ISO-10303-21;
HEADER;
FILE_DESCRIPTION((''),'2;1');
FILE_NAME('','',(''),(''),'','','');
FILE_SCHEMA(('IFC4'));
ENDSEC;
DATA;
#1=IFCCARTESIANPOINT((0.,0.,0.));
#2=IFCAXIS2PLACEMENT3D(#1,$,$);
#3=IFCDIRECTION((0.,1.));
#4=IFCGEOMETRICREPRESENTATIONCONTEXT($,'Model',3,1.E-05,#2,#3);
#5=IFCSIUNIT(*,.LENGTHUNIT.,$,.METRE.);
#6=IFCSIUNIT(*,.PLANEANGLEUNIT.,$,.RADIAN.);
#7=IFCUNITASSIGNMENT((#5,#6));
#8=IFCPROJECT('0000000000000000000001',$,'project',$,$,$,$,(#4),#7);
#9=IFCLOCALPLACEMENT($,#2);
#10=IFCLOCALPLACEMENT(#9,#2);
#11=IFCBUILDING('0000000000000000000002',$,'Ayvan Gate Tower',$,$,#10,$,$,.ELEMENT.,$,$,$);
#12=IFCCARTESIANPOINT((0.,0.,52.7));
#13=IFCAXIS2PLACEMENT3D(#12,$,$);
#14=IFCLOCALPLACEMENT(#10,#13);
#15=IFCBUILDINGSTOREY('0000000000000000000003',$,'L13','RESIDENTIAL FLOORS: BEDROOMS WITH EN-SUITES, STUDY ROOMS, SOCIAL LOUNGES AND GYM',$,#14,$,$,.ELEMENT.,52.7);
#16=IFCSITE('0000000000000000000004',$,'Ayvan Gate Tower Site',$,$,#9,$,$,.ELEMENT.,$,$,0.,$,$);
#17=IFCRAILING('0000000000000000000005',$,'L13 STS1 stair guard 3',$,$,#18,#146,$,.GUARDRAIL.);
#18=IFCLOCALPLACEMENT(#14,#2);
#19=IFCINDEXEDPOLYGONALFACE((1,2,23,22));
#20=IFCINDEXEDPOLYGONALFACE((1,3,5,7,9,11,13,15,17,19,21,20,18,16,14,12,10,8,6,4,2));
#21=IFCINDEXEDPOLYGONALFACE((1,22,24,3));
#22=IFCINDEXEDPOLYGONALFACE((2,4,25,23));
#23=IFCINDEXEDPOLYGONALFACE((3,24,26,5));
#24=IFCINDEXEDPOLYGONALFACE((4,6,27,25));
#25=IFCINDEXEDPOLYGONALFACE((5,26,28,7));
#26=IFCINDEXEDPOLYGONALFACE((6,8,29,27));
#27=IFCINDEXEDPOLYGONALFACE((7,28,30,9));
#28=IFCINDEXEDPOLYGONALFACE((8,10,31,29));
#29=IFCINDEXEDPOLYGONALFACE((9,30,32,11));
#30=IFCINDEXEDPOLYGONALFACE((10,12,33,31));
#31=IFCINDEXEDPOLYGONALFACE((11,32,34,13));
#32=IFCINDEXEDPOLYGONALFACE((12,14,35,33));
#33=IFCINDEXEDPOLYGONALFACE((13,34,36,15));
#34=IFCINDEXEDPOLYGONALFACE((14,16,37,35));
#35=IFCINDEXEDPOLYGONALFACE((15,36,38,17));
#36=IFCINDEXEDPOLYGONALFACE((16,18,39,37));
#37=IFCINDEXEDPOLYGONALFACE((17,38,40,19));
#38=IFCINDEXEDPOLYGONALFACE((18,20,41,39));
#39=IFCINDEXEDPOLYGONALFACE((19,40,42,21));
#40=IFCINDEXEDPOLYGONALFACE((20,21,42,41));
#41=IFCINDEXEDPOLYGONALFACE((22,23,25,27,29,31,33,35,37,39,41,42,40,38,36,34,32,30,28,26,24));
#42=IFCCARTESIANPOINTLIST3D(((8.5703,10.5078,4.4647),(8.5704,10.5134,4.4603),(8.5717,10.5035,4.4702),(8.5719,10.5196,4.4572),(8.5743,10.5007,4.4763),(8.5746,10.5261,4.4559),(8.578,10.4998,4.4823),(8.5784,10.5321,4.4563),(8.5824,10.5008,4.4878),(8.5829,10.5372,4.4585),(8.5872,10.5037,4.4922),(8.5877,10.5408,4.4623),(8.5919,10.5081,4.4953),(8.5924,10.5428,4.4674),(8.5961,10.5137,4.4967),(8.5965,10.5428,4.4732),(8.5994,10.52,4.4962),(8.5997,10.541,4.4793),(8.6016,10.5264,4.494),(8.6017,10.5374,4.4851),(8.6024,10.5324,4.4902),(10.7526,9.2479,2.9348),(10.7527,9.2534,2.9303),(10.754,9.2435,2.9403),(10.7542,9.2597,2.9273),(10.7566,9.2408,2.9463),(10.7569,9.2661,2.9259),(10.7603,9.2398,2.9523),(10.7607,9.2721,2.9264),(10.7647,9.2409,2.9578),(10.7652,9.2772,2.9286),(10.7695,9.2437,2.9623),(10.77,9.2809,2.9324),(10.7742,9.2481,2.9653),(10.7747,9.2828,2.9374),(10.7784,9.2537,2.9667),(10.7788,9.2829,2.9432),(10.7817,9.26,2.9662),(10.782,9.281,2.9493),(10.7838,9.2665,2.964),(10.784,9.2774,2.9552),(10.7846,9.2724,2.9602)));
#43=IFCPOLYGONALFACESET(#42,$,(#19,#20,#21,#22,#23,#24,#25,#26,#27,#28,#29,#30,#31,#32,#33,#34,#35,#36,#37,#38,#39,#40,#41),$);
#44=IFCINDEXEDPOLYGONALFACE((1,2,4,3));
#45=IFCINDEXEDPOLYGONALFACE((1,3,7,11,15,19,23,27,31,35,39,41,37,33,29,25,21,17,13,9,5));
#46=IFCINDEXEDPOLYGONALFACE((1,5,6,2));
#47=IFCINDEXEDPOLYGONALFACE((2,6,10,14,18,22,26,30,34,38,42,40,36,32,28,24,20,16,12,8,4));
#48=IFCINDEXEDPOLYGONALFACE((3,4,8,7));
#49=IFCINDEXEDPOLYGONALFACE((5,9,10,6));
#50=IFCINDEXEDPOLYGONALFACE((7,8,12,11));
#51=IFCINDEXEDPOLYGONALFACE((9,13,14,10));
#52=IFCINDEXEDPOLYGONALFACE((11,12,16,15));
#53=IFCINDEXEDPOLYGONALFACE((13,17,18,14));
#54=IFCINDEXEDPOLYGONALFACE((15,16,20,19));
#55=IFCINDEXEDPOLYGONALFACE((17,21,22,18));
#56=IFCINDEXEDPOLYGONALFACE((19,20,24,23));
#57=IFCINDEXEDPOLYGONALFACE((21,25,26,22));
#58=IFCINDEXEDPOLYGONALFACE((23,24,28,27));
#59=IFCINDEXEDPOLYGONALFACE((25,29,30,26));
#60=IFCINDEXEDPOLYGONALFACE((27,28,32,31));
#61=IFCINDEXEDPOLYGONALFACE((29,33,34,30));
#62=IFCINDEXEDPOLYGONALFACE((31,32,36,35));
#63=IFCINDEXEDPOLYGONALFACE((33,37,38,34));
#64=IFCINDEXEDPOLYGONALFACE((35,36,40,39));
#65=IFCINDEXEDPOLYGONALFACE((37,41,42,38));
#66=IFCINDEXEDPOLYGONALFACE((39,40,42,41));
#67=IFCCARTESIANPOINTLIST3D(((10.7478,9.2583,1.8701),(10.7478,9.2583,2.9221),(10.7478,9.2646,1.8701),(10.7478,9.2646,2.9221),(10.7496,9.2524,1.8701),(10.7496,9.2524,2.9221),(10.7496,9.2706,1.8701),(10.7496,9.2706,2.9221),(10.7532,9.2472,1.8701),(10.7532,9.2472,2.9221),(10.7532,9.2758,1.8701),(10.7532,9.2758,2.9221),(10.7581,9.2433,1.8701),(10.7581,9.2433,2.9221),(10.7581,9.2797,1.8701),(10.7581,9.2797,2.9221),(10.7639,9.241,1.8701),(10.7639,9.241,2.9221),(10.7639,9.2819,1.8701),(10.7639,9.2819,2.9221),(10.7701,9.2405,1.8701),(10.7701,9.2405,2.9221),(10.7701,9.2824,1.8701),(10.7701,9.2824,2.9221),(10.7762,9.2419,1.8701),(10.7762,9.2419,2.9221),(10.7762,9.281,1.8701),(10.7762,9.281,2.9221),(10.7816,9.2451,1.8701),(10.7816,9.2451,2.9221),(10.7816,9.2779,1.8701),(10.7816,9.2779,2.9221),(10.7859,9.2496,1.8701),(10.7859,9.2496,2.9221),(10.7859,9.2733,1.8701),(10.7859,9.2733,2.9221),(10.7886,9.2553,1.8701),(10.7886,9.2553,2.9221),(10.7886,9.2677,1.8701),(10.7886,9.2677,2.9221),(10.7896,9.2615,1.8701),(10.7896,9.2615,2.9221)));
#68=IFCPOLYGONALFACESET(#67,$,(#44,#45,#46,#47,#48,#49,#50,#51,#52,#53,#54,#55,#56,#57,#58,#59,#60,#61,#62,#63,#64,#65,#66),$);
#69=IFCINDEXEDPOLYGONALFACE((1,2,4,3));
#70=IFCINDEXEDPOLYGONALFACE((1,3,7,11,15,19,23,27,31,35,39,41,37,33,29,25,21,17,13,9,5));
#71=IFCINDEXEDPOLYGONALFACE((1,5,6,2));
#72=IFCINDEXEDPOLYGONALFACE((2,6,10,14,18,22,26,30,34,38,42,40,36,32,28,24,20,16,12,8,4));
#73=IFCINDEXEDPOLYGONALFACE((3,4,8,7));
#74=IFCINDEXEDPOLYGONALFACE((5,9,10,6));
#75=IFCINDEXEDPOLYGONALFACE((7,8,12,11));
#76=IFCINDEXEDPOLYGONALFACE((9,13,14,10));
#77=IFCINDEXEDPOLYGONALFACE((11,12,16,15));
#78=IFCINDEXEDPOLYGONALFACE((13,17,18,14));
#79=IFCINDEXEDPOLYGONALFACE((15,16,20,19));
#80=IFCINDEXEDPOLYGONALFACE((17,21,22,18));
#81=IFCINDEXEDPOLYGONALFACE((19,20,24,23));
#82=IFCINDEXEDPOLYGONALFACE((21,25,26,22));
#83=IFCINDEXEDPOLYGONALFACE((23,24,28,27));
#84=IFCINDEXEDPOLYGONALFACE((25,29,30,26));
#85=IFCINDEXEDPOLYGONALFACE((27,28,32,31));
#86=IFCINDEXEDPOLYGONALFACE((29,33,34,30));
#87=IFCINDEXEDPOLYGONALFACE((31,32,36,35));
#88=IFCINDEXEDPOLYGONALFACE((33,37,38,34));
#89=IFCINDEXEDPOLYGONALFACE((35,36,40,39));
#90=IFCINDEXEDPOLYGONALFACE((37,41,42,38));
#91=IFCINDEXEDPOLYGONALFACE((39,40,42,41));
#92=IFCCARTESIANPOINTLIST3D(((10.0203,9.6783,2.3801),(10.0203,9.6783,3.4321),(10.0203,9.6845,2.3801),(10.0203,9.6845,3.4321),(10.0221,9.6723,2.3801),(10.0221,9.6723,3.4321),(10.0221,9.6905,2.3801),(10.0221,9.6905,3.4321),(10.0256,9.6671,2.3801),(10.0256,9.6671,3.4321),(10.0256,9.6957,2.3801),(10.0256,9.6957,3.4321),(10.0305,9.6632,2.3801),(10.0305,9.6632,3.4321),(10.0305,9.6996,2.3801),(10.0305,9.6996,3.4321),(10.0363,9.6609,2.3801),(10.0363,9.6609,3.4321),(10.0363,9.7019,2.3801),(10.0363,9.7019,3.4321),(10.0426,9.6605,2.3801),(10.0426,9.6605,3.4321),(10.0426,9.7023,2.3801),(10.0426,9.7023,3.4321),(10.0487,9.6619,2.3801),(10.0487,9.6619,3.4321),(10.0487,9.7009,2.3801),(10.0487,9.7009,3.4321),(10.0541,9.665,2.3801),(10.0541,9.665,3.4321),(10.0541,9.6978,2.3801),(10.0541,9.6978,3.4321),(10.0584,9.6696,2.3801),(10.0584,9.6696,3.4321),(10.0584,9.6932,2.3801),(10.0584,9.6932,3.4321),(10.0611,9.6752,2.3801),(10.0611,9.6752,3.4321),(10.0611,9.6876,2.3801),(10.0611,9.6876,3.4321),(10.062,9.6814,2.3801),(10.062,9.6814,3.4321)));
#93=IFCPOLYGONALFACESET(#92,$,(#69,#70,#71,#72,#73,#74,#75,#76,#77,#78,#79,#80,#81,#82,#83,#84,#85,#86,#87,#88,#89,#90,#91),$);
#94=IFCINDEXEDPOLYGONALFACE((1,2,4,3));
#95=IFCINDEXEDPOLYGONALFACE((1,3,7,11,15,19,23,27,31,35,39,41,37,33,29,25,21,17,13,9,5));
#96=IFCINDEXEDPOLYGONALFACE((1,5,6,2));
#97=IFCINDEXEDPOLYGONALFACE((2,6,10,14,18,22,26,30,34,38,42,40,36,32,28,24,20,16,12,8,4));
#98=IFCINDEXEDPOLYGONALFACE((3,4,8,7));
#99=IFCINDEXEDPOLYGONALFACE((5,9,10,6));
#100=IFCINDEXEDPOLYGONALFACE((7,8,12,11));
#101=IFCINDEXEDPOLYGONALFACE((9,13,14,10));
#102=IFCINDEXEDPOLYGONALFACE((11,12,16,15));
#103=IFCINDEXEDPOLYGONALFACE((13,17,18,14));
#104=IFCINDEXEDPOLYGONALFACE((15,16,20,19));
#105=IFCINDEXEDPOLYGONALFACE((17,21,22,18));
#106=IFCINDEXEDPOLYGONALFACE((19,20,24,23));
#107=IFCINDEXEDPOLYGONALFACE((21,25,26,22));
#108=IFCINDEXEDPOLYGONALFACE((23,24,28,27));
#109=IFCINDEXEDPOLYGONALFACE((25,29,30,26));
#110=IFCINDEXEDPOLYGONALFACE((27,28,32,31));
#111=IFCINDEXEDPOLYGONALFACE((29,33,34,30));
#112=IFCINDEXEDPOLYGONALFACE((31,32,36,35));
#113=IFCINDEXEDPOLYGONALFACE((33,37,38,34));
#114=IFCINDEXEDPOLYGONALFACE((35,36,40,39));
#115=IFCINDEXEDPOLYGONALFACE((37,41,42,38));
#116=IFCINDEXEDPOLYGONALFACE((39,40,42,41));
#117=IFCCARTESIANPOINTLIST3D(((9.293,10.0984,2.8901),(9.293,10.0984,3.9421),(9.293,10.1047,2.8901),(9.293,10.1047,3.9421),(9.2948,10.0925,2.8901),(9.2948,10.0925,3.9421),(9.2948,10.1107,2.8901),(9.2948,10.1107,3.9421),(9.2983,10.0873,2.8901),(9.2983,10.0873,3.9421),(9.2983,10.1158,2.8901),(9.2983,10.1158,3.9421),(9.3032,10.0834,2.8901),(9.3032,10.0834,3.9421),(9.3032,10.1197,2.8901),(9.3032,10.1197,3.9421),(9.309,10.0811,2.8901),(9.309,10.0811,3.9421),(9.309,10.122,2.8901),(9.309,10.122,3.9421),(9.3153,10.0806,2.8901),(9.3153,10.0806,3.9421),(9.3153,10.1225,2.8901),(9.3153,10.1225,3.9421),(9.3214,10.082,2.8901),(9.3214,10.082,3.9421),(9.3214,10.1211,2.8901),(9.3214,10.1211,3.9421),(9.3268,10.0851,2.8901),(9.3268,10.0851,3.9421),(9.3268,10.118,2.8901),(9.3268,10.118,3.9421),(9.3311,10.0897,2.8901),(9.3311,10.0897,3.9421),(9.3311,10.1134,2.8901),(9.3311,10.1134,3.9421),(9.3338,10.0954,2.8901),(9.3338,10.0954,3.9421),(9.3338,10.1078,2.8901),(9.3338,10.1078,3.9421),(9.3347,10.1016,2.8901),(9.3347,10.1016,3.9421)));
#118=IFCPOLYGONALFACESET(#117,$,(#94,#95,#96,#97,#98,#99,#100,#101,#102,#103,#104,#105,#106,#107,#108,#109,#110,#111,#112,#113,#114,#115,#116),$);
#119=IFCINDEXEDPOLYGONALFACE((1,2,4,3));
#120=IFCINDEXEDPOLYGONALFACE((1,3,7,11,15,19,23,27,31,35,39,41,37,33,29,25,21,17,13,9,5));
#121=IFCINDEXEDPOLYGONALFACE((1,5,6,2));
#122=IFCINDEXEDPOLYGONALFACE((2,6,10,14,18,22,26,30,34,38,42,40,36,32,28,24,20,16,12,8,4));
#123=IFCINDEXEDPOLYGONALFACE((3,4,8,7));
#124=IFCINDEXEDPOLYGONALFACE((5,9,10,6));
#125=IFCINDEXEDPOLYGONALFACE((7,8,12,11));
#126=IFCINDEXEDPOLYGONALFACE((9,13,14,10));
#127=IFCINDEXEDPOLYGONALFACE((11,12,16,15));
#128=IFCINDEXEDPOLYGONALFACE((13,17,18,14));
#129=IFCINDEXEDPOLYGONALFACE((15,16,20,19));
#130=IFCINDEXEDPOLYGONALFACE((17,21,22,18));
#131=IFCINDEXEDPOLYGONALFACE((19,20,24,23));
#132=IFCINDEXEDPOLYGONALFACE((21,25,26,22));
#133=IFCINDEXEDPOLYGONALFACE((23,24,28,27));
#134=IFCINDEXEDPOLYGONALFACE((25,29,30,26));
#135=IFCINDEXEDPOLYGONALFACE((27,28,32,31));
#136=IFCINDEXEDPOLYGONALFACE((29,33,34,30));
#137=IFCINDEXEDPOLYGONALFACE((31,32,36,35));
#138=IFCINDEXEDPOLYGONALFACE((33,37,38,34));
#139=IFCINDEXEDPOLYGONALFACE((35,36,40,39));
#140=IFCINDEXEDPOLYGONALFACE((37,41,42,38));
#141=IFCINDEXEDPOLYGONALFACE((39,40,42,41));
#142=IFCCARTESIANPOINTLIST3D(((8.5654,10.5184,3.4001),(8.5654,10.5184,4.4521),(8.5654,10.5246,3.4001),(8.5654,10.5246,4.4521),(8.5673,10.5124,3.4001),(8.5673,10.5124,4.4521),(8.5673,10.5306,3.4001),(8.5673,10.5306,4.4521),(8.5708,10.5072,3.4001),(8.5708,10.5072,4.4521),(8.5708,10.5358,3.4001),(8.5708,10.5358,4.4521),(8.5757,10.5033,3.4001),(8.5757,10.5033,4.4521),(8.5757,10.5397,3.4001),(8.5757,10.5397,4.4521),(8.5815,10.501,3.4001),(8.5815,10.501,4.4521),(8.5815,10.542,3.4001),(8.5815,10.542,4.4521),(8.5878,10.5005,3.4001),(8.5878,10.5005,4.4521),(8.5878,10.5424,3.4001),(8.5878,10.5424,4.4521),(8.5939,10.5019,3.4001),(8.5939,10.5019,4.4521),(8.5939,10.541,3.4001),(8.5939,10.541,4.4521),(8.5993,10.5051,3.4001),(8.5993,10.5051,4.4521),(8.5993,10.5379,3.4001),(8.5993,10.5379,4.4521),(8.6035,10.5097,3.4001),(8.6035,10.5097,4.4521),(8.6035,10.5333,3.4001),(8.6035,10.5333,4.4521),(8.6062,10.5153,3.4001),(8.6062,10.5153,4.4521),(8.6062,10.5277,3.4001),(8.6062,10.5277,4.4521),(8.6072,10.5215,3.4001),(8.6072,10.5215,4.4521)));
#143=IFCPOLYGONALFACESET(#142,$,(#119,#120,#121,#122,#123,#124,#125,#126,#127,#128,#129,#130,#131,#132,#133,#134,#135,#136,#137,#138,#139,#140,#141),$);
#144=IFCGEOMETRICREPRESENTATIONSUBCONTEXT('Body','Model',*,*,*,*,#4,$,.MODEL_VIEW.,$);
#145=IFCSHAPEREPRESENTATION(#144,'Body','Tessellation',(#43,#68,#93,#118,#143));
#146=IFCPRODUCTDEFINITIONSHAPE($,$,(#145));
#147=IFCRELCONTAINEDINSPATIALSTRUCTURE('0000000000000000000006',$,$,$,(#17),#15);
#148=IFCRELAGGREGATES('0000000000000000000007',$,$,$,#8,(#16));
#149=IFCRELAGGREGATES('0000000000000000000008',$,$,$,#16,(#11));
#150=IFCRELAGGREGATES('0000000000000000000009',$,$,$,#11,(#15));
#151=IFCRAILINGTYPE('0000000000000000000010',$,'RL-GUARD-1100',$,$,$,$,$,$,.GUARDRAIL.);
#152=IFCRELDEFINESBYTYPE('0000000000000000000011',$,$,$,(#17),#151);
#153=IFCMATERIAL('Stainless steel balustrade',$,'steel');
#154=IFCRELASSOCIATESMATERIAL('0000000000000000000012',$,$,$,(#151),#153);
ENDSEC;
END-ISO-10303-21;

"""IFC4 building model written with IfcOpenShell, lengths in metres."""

from ifc_helpers import new_model, si_unit, direction, frame, origin, origin_2d, place, context, subcontext, project, spatial, circle, extrude, material, type_object, element, save


model = new_model("IFC4")

# Units and contexts
model_context = context("Model", 3, precision=1e-05, world=origin(), true_north=direction((0.0, 1.0)))
body_context = subcontext(model_context, "Body", "Model", "MODEL_VIEW")
ifc_project = project(units=[si_unit("LENGTHUNIT", "METRE"), si_unit("PLANEANGLEUNIT", "RADIAN")], contexts=[model_context])

# Site, building, storey
site_placement = place(None, origin())
site = spatial("IfcSite", under=ifc_project, at=site_placement, Name="Ayvan Gate Tower Site", CompositionType="ELEMENT", RefElevation=0.0)
building_placement = place(site_placement, origin())
building = spatial("IfcBuilding", under=site, at=building_placement, Name="Ayvan Gate Tower", CompositionType="ELEMENT")
storey_placement = place(building_placement, frame((0.0, 0.0, 52.7)))
storey = spatial("IfcBuildingStorey", under=building, at=storey_placement, Name="L13", Description="RESIDENTIAL FLOORS: BEDROOMS WITH EN-SUITES, STUDY ROOMS, SOCIAL LOUNGES AND GYM", CompositionType="ELEMENT", Elevation=52.7)

# Railing
ifc_material_1 = material(Name="Stainless steel balustrade", Category="steel")
railing_type_1 = type_object("IfcRailingType", Name="RL-GUARD-1100", PredefinedType="GUARDRAIL", material=ifc_material_1)
railing_1_placement = place(storey_placement, frame((10.7686, 9.2615, 1.8701)))
element("IfcRailing", 1, at=railing_1_placement, inside=storey, type_object=railing_type_1, Name="L13 STS1 stair guard 3", PredefinedType="GUARDRAIL", context=body_context, shape_type="SweptSolid", body=[
    extrude(circle(Radius=0.0239, at=origin_2d()), frame((0.0, 0.0, 1.0762), z_axis=(-0.740261, 0.427395, 0.518986), x_axis=(-0.500005, -0.866023, 0.0)), (0.0, 0.0, 1.0), 2.948),
    extrude(circle(Radius=0.021, at=origin_2d()), origin(), (0.0, 0.0, 1.0), 1.052),
    extrude(circle(Radius=0.021, at=origin_2d()), frame((-0.7275, 0.4199, 0.51)), (0.0, 0.0, 1.0), 1.052),
    extrude(circle(Radius=0.021, at=origin_2d()), frame((-1.4548, 0.8401, 1.02)), (0.0, 0.0, 1.0), 1.052),
    extrude(circle(Radius=0.021, at=origin_2d()), frame((-2.1824, 1.26, 1.53)), (0.0, 0.0, 1.0), 1.052),
])

save(model, "model.ifc")
